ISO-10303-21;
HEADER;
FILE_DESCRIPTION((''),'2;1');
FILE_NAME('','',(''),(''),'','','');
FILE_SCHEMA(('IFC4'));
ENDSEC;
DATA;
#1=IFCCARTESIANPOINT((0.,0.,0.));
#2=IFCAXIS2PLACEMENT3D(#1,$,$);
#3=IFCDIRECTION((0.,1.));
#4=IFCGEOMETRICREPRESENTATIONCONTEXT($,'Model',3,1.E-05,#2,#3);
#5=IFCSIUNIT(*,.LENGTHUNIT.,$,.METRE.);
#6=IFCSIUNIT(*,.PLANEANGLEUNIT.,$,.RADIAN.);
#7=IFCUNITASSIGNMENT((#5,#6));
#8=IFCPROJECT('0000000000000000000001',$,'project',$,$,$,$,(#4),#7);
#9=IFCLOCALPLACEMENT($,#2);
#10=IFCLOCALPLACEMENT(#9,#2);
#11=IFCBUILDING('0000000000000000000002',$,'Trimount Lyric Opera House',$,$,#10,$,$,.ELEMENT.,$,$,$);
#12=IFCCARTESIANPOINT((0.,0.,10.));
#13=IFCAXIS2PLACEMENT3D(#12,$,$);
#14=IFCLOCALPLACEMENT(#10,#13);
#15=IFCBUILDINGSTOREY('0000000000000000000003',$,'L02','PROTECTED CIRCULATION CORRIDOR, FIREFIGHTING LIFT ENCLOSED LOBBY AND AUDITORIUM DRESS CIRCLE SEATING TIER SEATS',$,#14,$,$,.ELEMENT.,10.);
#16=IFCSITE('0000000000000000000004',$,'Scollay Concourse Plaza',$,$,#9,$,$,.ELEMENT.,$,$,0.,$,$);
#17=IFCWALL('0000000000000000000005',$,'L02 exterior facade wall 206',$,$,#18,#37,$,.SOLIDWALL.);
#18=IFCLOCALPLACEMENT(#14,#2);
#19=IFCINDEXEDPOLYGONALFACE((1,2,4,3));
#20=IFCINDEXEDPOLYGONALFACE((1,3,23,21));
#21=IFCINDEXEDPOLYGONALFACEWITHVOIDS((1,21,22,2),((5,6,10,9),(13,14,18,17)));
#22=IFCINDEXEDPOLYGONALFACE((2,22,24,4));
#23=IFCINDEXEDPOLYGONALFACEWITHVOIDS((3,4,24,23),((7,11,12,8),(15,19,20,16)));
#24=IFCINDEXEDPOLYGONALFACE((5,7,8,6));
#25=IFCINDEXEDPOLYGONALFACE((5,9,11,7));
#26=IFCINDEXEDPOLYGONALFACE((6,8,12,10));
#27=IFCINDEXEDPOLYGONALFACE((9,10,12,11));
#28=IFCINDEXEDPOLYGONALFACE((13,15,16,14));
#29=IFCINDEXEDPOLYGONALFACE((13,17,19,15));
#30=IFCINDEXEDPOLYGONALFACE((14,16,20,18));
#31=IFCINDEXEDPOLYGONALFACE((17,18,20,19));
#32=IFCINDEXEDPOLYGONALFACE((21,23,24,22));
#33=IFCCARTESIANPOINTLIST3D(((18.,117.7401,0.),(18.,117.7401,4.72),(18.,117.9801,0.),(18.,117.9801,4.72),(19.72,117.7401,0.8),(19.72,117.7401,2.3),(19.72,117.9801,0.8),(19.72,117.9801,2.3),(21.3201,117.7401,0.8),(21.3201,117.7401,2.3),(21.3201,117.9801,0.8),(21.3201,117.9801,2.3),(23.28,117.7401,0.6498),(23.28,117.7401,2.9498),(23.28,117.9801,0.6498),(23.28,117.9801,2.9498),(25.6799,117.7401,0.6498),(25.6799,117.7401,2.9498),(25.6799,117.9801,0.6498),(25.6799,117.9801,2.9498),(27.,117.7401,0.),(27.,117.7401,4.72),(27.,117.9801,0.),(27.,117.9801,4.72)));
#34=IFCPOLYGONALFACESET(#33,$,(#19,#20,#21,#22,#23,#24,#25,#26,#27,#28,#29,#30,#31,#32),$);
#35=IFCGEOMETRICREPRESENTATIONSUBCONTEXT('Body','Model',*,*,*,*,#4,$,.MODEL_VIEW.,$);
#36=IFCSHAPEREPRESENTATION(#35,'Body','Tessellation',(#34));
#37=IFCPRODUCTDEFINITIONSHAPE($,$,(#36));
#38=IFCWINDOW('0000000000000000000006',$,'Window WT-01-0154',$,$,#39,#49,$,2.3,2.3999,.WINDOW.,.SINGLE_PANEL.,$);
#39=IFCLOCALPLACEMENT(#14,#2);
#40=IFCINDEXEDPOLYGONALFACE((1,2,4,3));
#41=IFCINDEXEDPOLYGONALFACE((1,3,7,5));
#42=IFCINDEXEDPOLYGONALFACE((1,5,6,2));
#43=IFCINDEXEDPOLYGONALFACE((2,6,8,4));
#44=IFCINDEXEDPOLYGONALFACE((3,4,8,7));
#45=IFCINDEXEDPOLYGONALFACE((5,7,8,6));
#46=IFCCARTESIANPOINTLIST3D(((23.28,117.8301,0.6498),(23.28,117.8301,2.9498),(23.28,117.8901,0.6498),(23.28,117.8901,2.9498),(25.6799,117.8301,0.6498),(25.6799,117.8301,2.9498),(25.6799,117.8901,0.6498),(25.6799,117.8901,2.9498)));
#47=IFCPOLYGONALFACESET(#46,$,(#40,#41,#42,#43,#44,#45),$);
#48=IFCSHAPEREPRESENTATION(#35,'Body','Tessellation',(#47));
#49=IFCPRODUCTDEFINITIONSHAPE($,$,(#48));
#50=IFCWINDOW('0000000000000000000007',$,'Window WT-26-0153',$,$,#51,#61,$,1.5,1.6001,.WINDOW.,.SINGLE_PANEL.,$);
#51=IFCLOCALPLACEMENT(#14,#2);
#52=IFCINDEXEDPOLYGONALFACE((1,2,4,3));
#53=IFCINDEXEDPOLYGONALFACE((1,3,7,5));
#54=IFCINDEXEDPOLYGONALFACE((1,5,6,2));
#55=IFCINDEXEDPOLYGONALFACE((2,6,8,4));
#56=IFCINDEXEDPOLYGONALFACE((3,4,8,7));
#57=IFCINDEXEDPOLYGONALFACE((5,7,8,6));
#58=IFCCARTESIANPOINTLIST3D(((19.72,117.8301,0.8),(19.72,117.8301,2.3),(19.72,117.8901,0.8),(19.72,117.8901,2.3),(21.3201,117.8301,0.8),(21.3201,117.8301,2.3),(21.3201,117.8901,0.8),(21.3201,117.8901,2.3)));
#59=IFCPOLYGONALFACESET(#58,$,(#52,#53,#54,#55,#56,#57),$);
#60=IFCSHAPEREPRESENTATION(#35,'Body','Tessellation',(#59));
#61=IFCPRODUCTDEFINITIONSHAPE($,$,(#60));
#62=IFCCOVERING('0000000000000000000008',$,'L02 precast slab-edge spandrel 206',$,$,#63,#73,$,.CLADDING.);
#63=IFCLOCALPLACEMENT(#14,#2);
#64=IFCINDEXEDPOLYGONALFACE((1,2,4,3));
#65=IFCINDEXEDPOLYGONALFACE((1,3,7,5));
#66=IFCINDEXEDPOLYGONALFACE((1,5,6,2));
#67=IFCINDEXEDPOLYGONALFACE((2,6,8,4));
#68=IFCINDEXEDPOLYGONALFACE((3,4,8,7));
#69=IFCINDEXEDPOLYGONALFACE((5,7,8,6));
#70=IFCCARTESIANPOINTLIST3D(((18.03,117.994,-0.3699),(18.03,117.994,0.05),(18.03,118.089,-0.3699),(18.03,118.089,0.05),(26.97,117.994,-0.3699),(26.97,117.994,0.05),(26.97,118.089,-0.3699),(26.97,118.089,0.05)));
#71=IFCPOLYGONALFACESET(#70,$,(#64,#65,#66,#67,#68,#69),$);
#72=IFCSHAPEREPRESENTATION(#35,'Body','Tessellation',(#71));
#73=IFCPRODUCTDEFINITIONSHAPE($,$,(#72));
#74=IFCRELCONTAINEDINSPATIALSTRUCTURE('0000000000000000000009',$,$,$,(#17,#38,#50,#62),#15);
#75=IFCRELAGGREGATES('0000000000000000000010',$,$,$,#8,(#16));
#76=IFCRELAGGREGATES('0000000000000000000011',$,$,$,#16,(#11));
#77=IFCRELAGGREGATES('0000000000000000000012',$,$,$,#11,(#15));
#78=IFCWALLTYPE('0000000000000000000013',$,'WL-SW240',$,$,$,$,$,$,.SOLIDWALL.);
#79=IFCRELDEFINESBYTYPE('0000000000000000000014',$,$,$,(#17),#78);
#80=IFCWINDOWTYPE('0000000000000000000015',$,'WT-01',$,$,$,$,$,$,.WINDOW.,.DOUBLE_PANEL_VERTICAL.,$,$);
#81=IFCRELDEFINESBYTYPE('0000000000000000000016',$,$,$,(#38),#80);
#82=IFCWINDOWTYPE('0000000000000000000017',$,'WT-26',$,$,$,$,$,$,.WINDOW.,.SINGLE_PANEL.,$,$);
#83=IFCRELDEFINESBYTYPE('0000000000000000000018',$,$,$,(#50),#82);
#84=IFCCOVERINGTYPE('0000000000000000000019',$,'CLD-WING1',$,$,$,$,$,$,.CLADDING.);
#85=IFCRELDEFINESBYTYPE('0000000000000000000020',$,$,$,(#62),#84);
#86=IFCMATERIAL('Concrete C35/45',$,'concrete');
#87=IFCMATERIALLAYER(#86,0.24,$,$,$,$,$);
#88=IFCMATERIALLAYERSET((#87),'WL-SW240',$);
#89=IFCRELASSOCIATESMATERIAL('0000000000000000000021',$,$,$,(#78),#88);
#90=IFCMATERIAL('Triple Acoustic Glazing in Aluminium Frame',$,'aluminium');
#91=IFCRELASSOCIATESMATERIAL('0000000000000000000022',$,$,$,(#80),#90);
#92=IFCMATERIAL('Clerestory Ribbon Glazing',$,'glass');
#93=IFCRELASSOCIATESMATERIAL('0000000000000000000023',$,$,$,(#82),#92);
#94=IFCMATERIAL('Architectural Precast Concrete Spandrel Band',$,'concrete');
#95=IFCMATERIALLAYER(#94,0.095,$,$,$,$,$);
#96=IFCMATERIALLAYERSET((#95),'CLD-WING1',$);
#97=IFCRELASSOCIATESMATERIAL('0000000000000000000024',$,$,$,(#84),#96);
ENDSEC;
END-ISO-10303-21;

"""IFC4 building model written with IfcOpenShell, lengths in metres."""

from ifc_helpers import new_model, si_unit, direction, frame, frame_2d, origin, origin_2d, place, context, subcontext, project, spatial, rectangle, extrude, material, layer, layer_set, type_object, element, fill, save


model = new_model("IFC4")

# Units and contexts
model_context = context("Model", 3, precision=1e-05, world=origin(), true_north=direction((0.0, 1.0)))
body_context = subcontext(model_context, "Body", "Model", "MODEL_VIEW")
ifc_project = project(units=[si_unit("LENGTHUNIT", "METRE"), si_unit("PLANEANGLEUNIT", "RADIAN")], contexts=[model_context])

# Site, building, storey
site_placement = place(None, origin())
site = spatial("IfcSite", under=ifc_project, at=site_placement, Name="Scollay Concourse Plaza", CompositionType="ELEMENT", RefElevation=0.0)
building_placement = place(site_placement, origin())
building = spatial("IfcBuilding", under=site, at=building_placement, Name="Trimount Lyric Opera House", CompositionType="ELEMENT")
storey_placement = place(building_placement, frame((0.0, 0.0, 10.0)))
storey = spatial("IfcBuildingStorey", under=building, at=storey_placement, Name="L02", Description="PROTECTED CIRCULATION CORRIDOR, FIREFIGHTING LIFT ENCLOSED LOBBY AND AUDITORIUM DRESS CIRCLE SEATING TIER SEATS", CompositionType="ELEMENT", Elevation=10.0)

# Wall, openings, windows
ifc_material_1 = material(Name="Concrete C35/45", Category="concrete")
ifc_layer_1 = layer(ifc_material_1, 0.24)
ifc_layer_set_1 = layer_set([ifc_layer_1], Name="WL-SW240")
wall_type_1 = type_object("IfcWallType", Name="WL-SW240", PredefinedType="SOLIDWALL", material=ifc_layer_set_1)
wall_1_placement = place(storey_placement, frame((18.0, 117.8601, 0.0), z_axis=(0.0, 0.0, 1.0), x_axis=(1.0, 0.0, 0.0)))
wall_1 = element("IfcWall", 1, at=wall_1_placement, inside=storey, type_object=wall_type_1, Name="L02 exterior facade wall 206", PredefinedType="SOLIDWALL", context=body_context, shape_type="SweptSolid", body=[
    extrude(rectangle(XDim=9.0, YDim=0.24, at=frame_2d((4.5, 0.0))), origin(), (0.0, 0.0, 1.0), 4.72),
])
opening_1_placement = place(wall_1_placement, frame((1.72, 0.0, 0.8)))
opening_1 = element("IfcOpeningElement", 2, at=opening_1_placement, cuts=wall_1, PredefinedType="OPENING", context=body_context, shape_type="SweptSolid", body=[
    extrude(rectangle(XDim=1.6001, YDim=1.5, at=frame_2d((0.8, 0.75))), frame((0.0, 0.1299, 0.0), z_axis=(0.0, -1.0, 0.0), x_axis=(1.0, 0.0, 0.0)), (0.0, 0.0, 1.0), 0.26),
])
opening_2_placement = place(wall_1_placement, frame((5.28, 0.0, 0.6499)))
opening_2 = element("IfcOpeningElement", 3, at=opening_2_placement, cuts=wall_1, PredefinedType="OPENING", context=body_context, shape_type="SweptSolid", body=[
    extrude(rectangle(XDim=2.3999, YDim=2.3, at=frame_2d((1.2, 1.1499))), frame((0.0, 0.1299, 0.0), z_axis=(0.0, -1.0, 0.0), x_axis=(1.0, 0.0, 0.0)), (0.0, 0.0, 1.0), 0.26),
])
ifc_material_2 = material(Name="Triple Acoustic Glazing in Aluminium Frame", Category="aluminium")
window_type_1 = type_object("IfcWindowType", Name="WT-01", PartitioningType="DOUBLE_PANEL_VERTICAL", PredefinedType="WINDOW", material=ifc_material_2)
window_1_placement = place(opening_2_placement, origin())
window_1 = element("IfcWindow", 4, at=window_1_placement, inside=storey, type_object=window_type_1, Name="Window WT-01-0154", OverallHeight=2.3, OverallWidth=2.3999, PartitioningType="SINGLE_PANEL", PredefinedType="WINDOW", context=body_context, shape_type="SweptSolid", body=[
    extrude(rectangle(XDim=2.3999, YDim=2.3, at=frame_2d((1.2, 1.1499))), frame((0.0, 0.03, 0.0), z_axis=(0.0, -1.0, 0.0), x_axis=(1.0, 0.0, 0.0)), (0.0, 0.0, 1.0), 0.0601),
])
fill(opening_2, window_1)
ifc_material_3 = material(Name="Clerestory Ribbon Glazing", Category="glass")
window_type_2 = type_object("IfcWindowType", Name="WT-26", PartitioningType="SINGLE_PANEL", PredefinedType="WINDOW", material=ifc_material_3)
window_2_placement = place(opening_1_placement, origin())
window_2 = element("IfcWindow", 5, at=window_2_placement, inside=storey, type_object=window_type_2, Name="Window WT-26-0153", OverallHeight=1.5, OverallWidth=1.6001, PartitioningType="SINGLE_PANEL", PredefinedType="WINDOW", context=body_context, shape_type="SweptSolid", body=[
    extrude(rectangle(XDim=1.6001, YDim=1.5, at=frame_2d((0.8, 0.75))), frame((0.0, 0.03, 0.0), z_axis=(0.0, -1.0, 0.0), x_axis=(1.0, 0.0, 0.0)), (0.0, 0.0, 1.0), 0.0601),
])
fill(opening_1, window_2)

# Covering
ifc_material_4 = material(Name="Architectural Precast Concrete Spandrel Band", Category="concrete")
ifc_layer_2 = layer(ifc_material_4, 0.095)
ifc_layer_set_2 = layer_set([ifc_layer_2], Name="CLD-WING1")
covering_type = type_object("IfcCoveringType", Name="CLD-WING1", PredefinedType="CLADDING", material=ifc_layer_set_2)
covering_placement = place(storey_placement, frame((22.5, 118.0415, -0.3699), z_axis=(0.0, 0.0, 1.0), x_axis=(1.0, 0.0, 0.0)))
element("IfcCovering", 6, at=covering_placement, inside=storey, type_object=covering_type, Name="L02 precast slab-edge spandrel 206", PredefinedType="CLADDING", context=body_context, shape_type="SweptSolid", body=[
    extrude(rectangle(XDim=8.9399, YDim=0.095, at=origin_2d()), origin(), (0.0, 0.0, 1.0), 0.4199),
])

save(model, "model.ifc")
